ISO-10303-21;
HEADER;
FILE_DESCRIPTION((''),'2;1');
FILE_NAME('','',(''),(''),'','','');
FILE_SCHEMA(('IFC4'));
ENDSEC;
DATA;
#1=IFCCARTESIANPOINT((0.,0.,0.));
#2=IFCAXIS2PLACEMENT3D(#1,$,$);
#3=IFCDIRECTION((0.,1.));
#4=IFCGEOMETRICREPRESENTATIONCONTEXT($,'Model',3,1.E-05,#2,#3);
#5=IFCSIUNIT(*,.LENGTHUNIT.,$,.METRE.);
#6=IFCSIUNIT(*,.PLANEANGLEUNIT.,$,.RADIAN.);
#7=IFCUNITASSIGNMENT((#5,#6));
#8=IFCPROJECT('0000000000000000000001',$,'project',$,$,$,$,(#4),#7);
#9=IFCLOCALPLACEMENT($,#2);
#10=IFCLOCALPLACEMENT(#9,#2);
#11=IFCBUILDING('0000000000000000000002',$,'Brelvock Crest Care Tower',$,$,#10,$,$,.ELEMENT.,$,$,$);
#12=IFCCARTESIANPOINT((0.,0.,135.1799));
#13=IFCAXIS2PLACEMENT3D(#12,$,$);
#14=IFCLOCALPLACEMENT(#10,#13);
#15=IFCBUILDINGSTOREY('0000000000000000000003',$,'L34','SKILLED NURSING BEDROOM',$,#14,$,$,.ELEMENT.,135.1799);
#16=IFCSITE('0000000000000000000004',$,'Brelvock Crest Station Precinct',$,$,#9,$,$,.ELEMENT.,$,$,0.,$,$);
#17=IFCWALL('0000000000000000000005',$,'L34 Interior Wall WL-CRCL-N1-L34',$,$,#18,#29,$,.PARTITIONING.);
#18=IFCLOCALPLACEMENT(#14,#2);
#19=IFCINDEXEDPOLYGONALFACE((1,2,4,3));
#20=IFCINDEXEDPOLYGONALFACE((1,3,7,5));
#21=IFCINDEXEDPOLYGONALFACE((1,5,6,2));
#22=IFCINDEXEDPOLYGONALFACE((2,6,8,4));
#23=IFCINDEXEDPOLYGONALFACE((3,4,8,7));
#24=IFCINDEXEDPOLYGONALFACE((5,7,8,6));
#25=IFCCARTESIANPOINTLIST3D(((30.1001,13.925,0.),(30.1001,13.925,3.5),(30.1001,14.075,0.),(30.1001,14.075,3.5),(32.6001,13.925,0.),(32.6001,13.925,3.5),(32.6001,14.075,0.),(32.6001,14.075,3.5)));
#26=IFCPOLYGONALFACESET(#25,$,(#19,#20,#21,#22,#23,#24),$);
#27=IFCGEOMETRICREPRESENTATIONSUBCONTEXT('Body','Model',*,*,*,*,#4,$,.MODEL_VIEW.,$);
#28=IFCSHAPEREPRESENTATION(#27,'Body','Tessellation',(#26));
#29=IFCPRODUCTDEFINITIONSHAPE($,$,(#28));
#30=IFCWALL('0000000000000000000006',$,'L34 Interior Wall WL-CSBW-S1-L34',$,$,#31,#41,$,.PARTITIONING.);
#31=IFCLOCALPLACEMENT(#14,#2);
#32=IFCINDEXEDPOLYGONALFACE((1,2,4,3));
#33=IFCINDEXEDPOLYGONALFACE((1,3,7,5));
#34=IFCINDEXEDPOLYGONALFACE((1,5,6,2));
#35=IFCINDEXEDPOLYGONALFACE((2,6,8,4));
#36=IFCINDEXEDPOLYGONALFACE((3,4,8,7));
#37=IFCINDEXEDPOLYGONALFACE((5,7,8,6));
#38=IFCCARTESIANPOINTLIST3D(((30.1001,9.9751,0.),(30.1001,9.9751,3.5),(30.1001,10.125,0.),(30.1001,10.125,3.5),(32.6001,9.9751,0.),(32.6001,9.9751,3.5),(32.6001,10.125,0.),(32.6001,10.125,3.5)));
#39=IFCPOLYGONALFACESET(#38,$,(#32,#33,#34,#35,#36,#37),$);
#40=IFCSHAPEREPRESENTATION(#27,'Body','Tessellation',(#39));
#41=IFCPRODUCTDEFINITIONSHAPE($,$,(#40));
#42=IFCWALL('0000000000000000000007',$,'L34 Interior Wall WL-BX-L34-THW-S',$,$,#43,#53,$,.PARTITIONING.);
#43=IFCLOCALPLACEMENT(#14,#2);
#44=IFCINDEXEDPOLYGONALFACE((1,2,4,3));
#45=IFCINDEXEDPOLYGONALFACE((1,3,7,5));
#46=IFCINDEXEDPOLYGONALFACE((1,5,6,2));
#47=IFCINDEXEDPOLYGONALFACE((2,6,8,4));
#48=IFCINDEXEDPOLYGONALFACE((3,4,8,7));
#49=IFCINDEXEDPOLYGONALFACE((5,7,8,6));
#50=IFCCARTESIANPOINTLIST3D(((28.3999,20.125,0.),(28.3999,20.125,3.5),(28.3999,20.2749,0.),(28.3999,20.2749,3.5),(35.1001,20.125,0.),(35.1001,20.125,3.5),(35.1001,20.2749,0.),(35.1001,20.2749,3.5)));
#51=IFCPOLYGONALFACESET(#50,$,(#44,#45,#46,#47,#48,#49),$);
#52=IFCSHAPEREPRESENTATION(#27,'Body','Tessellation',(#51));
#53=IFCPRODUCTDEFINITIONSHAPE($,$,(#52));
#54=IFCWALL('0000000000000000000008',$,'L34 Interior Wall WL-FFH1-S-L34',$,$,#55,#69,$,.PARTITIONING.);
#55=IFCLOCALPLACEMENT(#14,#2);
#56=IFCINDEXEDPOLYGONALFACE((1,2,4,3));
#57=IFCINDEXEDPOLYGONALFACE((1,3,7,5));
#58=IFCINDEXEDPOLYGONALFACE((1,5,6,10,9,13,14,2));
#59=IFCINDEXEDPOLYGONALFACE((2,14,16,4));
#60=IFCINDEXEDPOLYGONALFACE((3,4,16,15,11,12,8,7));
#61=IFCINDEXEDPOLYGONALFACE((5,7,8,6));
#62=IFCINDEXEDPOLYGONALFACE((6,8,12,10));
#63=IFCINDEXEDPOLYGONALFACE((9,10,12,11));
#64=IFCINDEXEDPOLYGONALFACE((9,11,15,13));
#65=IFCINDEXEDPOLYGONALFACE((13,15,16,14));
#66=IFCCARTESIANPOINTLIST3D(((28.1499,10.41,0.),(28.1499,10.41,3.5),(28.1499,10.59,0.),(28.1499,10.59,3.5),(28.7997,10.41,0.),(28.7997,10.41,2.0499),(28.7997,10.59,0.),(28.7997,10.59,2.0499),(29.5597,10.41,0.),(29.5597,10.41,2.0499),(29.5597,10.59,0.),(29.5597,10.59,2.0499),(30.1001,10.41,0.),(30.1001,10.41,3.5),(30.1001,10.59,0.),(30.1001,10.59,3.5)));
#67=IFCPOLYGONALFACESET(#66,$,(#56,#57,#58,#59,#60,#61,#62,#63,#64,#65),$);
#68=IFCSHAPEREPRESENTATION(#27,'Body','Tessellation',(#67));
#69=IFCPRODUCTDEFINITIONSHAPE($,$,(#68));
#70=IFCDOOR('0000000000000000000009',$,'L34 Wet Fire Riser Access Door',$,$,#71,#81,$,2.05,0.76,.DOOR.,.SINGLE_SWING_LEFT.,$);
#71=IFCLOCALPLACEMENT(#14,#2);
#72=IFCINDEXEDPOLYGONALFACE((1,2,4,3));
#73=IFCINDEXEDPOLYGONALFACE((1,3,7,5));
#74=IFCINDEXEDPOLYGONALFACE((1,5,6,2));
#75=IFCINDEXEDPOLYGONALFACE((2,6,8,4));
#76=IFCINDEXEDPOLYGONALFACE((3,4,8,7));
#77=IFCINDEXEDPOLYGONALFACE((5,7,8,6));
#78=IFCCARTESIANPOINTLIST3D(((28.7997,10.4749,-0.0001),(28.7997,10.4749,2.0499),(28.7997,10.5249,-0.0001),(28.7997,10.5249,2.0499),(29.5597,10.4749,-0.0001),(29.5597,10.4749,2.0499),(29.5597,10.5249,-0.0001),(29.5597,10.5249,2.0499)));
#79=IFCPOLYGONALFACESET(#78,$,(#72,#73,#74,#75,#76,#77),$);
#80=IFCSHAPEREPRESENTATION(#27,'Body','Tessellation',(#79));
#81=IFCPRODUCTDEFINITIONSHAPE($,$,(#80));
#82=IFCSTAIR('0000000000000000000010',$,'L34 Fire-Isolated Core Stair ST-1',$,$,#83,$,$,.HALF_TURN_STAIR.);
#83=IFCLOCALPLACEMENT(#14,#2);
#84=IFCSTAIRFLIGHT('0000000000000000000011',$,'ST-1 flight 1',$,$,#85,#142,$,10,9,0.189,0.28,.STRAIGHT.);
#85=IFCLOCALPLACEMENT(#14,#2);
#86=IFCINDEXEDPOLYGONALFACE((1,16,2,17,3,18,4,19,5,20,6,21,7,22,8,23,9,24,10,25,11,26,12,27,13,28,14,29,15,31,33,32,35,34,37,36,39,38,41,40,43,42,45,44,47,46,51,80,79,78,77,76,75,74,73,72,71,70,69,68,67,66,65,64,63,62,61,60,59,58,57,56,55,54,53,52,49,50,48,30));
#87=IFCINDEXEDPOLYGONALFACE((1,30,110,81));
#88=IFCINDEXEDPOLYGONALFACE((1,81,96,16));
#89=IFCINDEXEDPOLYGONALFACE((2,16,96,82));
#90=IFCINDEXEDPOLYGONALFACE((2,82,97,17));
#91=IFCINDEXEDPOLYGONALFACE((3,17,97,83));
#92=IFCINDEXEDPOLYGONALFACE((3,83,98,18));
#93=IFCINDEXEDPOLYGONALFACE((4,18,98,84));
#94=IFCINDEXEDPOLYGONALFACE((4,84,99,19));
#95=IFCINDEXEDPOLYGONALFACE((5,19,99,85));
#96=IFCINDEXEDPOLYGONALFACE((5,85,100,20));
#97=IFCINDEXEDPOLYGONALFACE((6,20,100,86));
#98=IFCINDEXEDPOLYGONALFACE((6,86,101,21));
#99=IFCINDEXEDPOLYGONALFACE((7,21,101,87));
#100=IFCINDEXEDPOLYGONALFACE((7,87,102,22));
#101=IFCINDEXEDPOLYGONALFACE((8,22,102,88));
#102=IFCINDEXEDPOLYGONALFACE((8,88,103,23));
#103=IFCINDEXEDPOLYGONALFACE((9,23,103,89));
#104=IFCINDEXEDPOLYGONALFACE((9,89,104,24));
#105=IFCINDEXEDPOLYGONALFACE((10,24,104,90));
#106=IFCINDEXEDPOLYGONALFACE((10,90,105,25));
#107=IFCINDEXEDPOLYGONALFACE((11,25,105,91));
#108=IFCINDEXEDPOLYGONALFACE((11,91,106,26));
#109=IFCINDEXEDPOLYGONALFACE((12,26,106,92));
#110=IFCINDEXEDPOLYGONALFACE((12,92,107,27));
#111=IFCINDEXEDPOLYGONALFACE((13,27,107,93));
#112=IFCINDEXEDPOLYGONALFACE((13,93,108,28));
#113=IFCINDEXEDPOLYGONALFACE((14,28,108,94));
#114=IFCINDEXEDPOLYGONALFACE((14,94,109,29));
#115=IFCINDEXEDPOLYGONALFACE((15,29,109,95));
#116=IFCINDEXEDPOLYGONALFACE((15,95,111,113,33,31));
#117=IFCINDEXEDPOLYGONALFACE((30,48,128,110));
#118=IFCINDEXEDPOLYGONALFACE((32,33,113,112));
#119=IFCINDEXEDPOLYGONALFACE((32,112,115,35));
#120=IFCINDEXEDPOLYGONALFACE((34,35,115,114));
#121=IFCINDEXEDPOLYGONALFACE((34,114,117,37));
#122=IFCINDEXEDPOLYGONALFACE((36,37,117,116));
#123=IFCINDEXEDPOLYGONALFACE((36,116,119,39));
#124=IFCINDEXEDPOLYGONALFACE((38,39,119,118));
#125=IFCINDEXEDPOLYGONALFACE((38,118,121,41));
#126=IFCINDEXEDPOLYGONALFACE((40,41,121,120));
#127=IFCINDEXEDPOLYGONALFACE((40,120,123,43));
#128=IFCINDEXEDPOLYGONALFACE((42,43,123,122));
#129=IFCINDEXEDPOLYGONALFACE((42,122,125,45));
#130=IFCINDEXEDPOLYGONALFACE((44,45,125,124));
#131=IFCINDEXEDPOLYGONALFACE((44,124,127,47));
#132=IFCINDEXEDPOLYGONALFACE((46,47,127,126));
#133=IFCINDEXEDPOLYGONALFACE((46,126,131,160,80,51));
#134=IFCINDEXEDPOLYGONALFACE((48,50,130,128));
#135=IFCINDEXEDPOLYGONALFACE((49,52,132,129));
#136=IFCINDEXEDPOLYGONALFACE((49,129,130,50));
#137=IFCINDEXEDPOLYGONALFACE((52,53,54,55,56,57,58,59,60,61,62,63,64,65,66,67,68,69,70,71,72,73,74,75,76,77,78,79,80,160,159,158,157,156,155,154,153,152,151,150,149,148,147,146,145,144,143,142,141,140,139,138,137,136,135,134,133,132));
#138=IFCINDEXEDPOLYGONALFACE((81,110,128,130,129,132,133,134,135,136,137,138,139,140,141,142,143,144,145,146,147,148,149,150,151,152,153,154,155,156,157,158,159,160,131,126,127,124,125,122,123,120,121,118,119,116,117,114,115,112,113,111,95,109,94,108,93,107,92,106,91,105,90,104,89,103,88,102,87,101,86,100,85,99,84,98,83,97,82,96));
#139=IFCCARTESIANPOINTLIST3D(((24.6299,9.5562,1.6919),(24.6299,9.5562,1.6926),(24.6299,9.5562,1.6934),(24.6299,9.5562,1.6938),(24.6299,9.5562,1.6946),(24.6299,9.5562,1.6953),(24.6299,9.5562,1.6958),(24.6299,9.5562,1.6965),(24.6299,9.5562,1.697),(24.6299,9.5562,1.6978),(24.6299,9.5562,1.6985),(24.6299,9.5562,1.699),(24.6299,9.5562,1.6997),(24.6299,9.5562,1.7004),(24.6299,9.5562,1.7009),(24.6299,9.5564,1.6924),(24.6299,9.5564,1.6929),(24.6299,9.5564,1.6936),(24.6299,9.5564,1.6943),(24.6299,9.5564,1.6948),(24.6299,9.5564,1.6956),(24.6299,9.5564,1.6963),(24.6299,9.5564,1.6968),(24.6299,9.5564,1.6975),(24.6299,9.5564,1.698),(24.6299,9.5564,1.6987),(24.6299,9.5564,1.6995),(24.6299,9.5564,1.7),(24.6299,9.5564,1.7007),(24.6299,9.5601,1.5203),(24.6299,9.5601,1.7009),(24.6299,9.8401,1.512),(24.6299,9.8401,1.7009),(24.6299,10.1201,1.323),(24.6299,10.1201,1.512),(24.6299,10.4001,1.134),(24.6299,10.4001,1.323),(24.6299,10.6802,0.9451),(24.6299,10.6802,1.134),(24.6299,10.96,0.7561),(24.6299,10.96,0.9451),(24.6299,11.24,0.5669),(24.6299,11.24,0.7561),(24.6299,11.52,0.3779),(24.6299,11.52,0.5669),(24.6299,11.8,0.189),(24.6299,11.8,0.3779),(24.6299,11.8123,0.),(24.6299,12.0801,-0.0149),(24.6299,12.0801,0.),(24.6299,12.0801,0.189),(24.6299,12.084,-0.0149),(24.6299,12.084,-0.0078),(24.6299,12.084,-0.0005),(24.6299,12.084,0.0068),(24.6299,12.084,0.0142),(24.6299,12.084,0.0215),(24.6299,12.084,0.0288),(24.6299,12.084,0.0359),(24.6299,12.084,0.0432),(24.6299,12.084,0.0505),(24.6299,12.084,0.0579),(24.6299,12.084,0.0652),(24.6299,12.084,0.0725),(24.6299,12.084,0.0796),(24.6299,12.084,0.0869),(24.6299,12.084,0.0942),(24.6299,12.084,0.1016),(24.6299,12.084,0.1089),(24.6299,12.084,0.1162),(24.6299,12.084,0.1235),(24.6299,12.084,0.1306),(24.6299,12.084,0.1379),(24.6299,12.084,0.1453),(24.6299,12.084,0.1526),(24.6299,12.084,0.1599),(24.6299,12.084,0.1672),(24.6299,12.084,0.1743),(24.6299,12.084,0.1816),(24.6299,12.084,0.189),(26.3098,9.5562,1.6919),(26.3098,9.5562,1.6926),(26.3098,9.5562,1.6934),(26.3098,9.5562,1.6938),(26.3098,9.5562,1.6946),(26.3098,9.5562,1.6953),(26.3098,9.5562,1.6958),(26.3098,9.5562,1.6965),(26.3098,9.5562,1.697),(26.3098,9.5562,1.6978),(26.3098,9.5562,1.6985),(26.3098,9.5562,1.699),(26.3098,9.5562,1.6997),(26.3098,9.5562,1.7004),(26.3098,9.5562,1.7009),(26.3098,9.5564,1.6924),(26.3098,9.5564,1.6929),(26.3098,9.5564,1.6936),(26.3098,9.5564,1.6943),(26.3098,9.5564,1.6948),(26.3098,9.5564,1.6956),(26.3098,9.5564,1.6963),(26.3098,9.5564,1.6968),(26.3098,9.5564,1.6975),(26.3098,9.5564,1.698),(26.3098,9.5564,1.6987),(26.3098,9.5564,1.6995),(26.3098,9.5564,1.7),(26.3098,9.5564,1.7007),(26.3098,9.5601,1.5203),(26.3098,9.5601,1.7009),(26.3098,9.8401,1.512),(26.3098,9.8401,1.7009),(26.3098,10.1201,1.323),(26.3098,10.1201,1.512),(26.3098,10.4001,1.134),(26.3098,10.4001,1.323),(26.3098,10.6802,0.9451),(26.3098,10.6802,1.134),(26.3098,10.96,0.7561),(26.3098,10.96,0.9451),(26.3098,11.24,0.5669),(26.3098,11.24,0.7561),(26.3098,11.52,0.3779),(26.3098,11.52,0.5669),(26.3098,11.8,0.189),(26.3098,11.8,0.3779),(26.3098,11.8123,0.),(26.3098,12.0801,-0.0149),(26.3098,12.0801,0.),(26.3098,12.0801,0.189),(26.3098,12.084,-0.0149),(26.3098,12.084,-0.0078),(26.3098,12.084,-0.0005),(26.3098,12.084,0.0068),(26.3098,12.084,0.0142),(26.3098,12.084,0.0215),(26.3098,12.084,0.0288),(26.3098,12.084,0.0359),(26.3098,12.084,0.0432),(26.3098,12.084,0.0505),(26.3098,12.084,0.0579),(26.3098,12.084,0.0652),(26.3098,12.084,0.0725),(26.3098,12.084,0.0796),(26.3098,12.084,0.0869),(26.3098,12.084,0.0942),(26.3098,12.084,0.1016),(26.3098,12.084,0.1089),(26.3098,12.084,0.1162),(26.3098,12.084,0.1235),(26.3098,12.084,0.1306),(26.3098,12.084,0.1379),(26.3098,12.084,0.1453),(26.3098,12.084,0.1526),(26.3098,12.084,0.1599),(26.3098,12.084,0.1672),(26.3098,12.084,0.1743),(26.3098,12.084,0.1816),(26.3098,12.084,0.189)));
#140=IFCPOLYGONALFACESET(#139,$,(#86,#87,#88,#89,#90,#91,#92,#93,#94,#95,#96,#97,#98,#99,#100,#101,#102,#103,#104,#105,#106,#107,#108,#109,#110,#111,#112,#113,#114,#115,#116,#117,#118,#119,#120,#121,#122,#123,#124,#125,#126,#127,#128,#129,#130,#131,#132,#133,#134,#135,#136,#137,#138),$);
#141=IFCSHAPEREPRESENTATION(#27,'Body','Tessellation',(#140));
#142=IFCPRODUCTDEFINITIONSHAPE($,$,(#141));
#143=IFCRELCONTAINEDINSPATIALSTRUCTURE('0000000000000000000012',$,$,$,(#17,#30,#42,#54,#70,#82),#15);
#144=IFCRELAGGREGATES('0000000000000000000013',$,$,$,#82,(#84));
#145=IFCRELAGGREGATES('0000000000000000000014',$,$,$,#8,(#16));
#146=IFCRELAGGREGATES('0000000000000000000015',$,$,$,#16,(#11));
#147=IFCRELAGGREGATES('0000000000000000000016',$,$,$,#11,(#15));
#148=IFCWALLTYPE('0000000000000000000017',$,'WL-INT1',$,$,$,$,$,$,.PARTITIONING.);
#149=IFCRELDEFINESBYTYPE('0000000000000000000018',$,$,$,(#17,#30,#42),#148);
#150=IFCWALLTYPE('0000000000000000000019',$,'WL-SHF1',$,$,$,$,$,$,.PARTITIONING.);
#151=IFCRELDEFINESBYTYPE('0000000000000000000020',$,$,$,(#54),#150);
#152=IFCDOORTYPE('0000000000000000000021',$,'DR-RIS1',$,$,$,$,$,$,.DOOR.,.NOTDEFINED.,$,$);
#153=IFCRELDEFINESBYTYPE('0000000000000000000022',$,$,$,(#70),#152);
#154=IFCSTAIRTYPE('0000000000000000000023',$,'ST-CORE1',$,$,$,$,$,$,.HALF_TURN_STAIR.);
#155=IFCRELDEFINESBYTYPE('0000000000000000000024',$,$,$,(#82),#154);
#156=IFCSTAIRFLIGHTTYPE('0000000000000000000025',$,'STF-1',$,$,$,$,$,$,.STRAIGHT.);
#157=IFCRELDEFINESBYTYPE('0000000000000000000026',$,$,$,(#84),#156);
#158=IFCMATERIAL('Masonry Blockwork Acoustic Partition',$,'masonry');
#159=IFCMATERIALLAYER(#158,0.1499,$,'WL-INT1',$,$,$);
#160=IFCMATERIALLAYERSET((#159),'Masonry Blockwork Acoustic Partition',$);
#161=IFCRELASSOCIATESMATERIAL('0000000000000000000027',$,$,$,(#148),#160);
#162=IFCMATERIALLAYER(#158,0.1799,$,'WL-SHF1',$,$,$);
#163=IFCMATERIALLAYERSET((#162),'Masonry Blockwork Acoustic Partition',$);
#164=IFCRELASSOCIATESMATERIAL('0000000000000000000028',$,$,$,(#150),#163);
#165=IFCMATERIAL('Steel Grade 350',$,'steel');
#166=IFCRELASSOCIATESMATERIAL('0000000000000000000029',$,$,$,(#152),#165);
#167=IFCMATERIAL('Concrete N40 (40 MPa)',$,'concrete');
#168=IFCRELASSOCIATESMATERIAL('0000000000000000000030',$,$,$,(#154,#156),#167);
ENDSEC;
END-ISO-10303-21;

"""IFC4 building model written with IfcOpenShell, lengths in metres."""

from ifc_helpers import new_model, si_unit, direction, frame, frame_2d, origin, origin_2d, place, context, subcontext, project, spatial, polyline, rectangle, outline, extrude, source, transform, mapped, material, layer, layer_set, type_object, element, fill, aggregate, save


model = new_model("IFC4")

# Units and contexts
model_context = context("Model", 3, precision=1e-05, world=origin(), true_north=direction((0.0, 1.0)))
body_context = subcontext(model_context, "Body", "Model", "MODEL_VIEW")
ifc_project = project(units=[si_unit("LENGTHUNIT", "METRE"), si_unit("PLANEANGLEUNIT", "RADIAN")], contexts=[model_context])

# Site, building, storey
site_placement = place(None, origin())
site = spatial("IfcSite", under=ifc_project, at=site_placement, Name="Brelvock Crest Station Precinct", CompositionType="ELEMENT", RefElevation=0.0)
building_placement = place(site_placement, origin())
building = spatial("IfcBuilding", under=site, at=building_placement, Name="Brelvock Crest Care Tower", CompositionType="ELEMENT")
storey_placement = place(building_placement, frame((0.0, 0.0, 135.1799)))
storey = spatial("IfcBuildingStorey", under=building, at=storey_placement, Name="L34", Description="SKILLED NURSING BEDROOM", CompositionType="ELEMENT", Elevation=135.1799)

# Shared definitions
ifc_material_1 = material(Name="Steel Grade 350", Category="steel")

# Walls
ifc_material_2 = material(Name="Masonry Blockwork Acoustic Partition", Category="masonry")
ifc_layer_1 = layer(ifc_material_2, 0.1499, Name="WL-INT1")
ifc_layer_set_1 = layer_set([ifc_layer_1], Name="Masonry Blockwork Acoustic Partition")
wall_type_1 = type_object("IfcWallType", Name="WL-INT1", PredefinedType="PARTITIONING", material=ifc_layer_set_1)
for number, where, z_axis, x_axis, name in (
    (1, (30.1001, 14.0, 0.0), (0.0, 0.0, 1.0), (1.0, 0.0, 0.0), "L34 Interior Wall WL-CRCL-N1-L34"),
    (2, (30.1001, 10.05, 0.0), (0.0, 0.0, 1.0), (1.0, 0.0, 0.0), "L34 Interior Wall WL-CSBW-S1-L34"),
):
    element("IfcWall", number, at=place(storey_placement, frame(where, z_axis=z_axis, x_axis=x_axis)), inside=storey, type_object=wall_type_1, Name=name, PredefinedType="PARTITIONING", context=body_context, shape_type="SweptSolid", body=[
        extrude(rectangle(XDim=2.5, YDim=0.1499, at=frame_2d((1.25, 0.0))), origin(), (0.0, 0.0, 1.0), 3.5),
    ])
wall_1_placement = place(storey_placement, frame((28.3999, 20.2, 0.0), z_axis=(0.0, 0.0, 1.0), x_axis=(1.0, 0.0, 0.0)))
element("IfcWall", 3, at=wall_1_placement, inside=storey, type_object=wall_type_1, Name="L34 Interior Wall WL-BX-L34-THW-S", PredefinedType="PARTITIONING", context=body_context, shape_type="SweptSolid", body=[
    extrude(rectangle(XDim=6.7002, YDim=0.1499, at=frame_2d((3.3501, 0.0))), origin(), (0.0, 0.0, 1.0), 3.5),
])

# Wall, opening, door
ifc_layer_2 = layer(ifc_material_2, 0.1799, Name="WL-SHF1")
ifc_layer_set_2 = layer_set([ifc_layer_2], Name="Masonry Blockwork Acoustic Partition")
wall_type_2 = type_object("IfcWallType", Name="WL-SHF1", PredefinedType="PARTITIONING", material=ifc_layer_set_2)
wall_2_placement = place(storey_placement, frame((28.1499, 10.5, 0.0), z_axis=(0.0, 0.0, 1.0), x_axis=(1.0, 0.0, 0.0)))
wall_2 = element("IfcWall", 4, at=wall_2_placement, inside=storey, type_object=wall_type_2, Name="L34 Interior Wall WL-FFH1-S-L34", PredefinedType="PARTITIONING", context=body_context, shape_type="SweptSolid", body=[
    extrude(rectangle(XDim=1.9502, YDim=0.1799, at=frame_2d((0.9751, 0.0))), origin(), (0.0, 0.0, 1.0), 3.5),
])
opening_placement = place(wall_2_placement, frame((0.6499, 0.0, 0.0)))
opening = element("IfcOpeningElement", 5, at=opening_placement, cuts=wall_2, PredefinedType="OPENING", context=body_context, shape_type="SweptSolid", body=[
    extrude(rectangle(XDim=0.76, YDim=2.05, at=origin_2d()), frame((0.3799, 0.1001, 1.0249), z_axis=(0.0, -1.0, 0.0), x_axis=(1.0, 0.0, 0.0)), (0.0, 0.0, 1.0), 0.2),
])
door_type = type_object("IfcDoorType", Name="DR-RIS1", OperationType="NOTDEFINED", PredefinedType="DOOR", material=ifc_material_1)
shared_shape_1 = source(origin(), body_context, "Body", "SweptSolid", [
    extrude(rectangle(XDim=0.76, YDim=2.05, at=origin_2d()), frame((0.3799, 0.0249, 1.0249), z_axis=(0.0, -1.0, 0.0), x_axis=(1.0, 0.0, 0.0)), (0.0, 0.0, 1.0), 0.05),
])
door_placement = place(opening_placement, origin())
door = element("IfcDoor", 6, at=door_placement, inside=storey, type_object=door_type, Name="L34 Wet Fire Riser Access Door", OperationType="SINGLE_SWING_LEFT", OverallHeight=2.05, OverallWidth=0.76, PredefinedType="DOOR", context=body_context, shape_type="MappedRepresentation", body=[
    mapped(shared_shape_1, transform((0.0, 0.0, 0.0), x_axis=(1.0, 0.0, 0.0), y_axis=(0.0, 1.0, 0.0), z_axis=(0.0, 0.0, 1.0), scale=1.0)),
])
fill(opening, door)

# Stair, stair flight
ifc_material_3 = material(Name="Concrete N40 (40 MPa)", Category="concrete")
stair_type = type_object("IfcStairType", Name="ST-CORE1", PredefinedType="HALF_TURN_STAIR", material=ifc_material_3)
stair_placement = place(storey_placement, origin())
stair = element("IfcStair", 7, at=stair_placement, inside=storey, type_object=stair_type, Name="L34 Fire-Isolated Core Stair ST-1", PredefinedType="HALF_TURN_STAIR")
stair_flight_type = type_object("IfcStairFlightType", Name="STF-1", PredefinedType="STRAIGHT", material=ifc_material_3)
stair_flight_1_placement = place(storey_placement, frame((25.47, 12.0801, 0.0), z_axis=(0.0, 0.0, 1.0), x_axis=(0.0, -1.0, 0.0)))
stair_flight_1 = element("IfcStairFlight", 8, at=stair_flight_1_placement, type_object=stair_flight_type, Name="ST-1 flight 1", NumberOfRisers=10, NumberOfTreads=9, PredefinedType="STRAIGHT", RiserHeight=0.189, TreadLength=0.28, context=body_context, shape_type="SweptSolid", body=[
    extrude(outline(polyline([(-0.0039, -0.0149), (-0.0039, -0.0078), (-0.0039, -0.0005), (-0.0039, 0.0068), (-0.0039, 0.0142), (-0.0039, 0.0215), (-0.0039, 0.0288), (-0.0039, 0.0359), (-0.0039, 0.0432), (-0.0039, 0.0505), (-0.0039, 0.0579), (-0.0039, 0.0652), (-0.0039, 0.0725), (-0.0039, 0.0796), (-0.0039, 0.0869), (-0.0039, 0.0942), (-0.0039, 0.1016), (-0.0039, 0.1089), (-0.0039, 0.1162), (-0.0039, 0.1235), (-0.0039, 0.1306), (-0.0039, 0.1379), (-0.0039, 0.1453), (-0.0039, 0.1526), (-0.0039, 0.1599), (-0.0039, 0.1672), (-0.0039, 0.1743), (-0.0039, 0.1816), (-0.0039, 0.189), (0.0, 0.189), (0.28, 0.189), (0.28, 0.3779), (0.5601, 0.3779), (0.5601, 0.5669), (0.8401, 0.5669), (0.8401, 0.7561), (1.1201, 0.7561), (1.1201, 0.9451), (1.3999, 0.9451), (1.3999, 1.134), (1.6799, 1.134), (1.6799, 1.323), (1.96, 1.323), (1.96, 1.512), (2.24, 1.512), (2.24, 1.7009), (2.52, 1.7009), (2.5239, 1.7009), (2.5237, 1.7007), (2.5239, 1.7004), (2.5237, 1.7), (2.5239, 1.6997), (2.5237, 1.6995), (2.5239, 1.699), (2.5237, 1.6987), (2.5239, 1.6985), (2.5237, 1.698), (2.5239, 1.6978), (2.5237, 1.6975), (2.5239, 1.697), (2.5237, 1.6968), (2.5239, 1.6965), (2.5237, 1.6963), (2.5239, 1.6958), (2.5237, 1.6956), (2.5239, 1.6953), (2.5237, 1.6948), (2.5239, 1.6946), (2.5237, 1.6943), (2.5239, 1.6938), (2.5237, 1.6936), (2.5239, 1.6934), (2.5237, 1.6929), (2.5239, 1.6926), (2.5237, 1.6924), (2.5239, 1.6919), (2.52, 1.5203), (0.2678, 0.0), (0.0, 0.0), (0.0, -0.0149), (-0.0039, -0.0149)])), frame((0.0, 0.8398, 0.0), z_axis=(0.0, -1.0, 0.0), x_axis=(1.0, 0.0, 0.0)), (0.0, 0.0, 1.0), 1.6799),
])
aggregate(stair, [stair_flight_1])

save(model, "model.ifc")
